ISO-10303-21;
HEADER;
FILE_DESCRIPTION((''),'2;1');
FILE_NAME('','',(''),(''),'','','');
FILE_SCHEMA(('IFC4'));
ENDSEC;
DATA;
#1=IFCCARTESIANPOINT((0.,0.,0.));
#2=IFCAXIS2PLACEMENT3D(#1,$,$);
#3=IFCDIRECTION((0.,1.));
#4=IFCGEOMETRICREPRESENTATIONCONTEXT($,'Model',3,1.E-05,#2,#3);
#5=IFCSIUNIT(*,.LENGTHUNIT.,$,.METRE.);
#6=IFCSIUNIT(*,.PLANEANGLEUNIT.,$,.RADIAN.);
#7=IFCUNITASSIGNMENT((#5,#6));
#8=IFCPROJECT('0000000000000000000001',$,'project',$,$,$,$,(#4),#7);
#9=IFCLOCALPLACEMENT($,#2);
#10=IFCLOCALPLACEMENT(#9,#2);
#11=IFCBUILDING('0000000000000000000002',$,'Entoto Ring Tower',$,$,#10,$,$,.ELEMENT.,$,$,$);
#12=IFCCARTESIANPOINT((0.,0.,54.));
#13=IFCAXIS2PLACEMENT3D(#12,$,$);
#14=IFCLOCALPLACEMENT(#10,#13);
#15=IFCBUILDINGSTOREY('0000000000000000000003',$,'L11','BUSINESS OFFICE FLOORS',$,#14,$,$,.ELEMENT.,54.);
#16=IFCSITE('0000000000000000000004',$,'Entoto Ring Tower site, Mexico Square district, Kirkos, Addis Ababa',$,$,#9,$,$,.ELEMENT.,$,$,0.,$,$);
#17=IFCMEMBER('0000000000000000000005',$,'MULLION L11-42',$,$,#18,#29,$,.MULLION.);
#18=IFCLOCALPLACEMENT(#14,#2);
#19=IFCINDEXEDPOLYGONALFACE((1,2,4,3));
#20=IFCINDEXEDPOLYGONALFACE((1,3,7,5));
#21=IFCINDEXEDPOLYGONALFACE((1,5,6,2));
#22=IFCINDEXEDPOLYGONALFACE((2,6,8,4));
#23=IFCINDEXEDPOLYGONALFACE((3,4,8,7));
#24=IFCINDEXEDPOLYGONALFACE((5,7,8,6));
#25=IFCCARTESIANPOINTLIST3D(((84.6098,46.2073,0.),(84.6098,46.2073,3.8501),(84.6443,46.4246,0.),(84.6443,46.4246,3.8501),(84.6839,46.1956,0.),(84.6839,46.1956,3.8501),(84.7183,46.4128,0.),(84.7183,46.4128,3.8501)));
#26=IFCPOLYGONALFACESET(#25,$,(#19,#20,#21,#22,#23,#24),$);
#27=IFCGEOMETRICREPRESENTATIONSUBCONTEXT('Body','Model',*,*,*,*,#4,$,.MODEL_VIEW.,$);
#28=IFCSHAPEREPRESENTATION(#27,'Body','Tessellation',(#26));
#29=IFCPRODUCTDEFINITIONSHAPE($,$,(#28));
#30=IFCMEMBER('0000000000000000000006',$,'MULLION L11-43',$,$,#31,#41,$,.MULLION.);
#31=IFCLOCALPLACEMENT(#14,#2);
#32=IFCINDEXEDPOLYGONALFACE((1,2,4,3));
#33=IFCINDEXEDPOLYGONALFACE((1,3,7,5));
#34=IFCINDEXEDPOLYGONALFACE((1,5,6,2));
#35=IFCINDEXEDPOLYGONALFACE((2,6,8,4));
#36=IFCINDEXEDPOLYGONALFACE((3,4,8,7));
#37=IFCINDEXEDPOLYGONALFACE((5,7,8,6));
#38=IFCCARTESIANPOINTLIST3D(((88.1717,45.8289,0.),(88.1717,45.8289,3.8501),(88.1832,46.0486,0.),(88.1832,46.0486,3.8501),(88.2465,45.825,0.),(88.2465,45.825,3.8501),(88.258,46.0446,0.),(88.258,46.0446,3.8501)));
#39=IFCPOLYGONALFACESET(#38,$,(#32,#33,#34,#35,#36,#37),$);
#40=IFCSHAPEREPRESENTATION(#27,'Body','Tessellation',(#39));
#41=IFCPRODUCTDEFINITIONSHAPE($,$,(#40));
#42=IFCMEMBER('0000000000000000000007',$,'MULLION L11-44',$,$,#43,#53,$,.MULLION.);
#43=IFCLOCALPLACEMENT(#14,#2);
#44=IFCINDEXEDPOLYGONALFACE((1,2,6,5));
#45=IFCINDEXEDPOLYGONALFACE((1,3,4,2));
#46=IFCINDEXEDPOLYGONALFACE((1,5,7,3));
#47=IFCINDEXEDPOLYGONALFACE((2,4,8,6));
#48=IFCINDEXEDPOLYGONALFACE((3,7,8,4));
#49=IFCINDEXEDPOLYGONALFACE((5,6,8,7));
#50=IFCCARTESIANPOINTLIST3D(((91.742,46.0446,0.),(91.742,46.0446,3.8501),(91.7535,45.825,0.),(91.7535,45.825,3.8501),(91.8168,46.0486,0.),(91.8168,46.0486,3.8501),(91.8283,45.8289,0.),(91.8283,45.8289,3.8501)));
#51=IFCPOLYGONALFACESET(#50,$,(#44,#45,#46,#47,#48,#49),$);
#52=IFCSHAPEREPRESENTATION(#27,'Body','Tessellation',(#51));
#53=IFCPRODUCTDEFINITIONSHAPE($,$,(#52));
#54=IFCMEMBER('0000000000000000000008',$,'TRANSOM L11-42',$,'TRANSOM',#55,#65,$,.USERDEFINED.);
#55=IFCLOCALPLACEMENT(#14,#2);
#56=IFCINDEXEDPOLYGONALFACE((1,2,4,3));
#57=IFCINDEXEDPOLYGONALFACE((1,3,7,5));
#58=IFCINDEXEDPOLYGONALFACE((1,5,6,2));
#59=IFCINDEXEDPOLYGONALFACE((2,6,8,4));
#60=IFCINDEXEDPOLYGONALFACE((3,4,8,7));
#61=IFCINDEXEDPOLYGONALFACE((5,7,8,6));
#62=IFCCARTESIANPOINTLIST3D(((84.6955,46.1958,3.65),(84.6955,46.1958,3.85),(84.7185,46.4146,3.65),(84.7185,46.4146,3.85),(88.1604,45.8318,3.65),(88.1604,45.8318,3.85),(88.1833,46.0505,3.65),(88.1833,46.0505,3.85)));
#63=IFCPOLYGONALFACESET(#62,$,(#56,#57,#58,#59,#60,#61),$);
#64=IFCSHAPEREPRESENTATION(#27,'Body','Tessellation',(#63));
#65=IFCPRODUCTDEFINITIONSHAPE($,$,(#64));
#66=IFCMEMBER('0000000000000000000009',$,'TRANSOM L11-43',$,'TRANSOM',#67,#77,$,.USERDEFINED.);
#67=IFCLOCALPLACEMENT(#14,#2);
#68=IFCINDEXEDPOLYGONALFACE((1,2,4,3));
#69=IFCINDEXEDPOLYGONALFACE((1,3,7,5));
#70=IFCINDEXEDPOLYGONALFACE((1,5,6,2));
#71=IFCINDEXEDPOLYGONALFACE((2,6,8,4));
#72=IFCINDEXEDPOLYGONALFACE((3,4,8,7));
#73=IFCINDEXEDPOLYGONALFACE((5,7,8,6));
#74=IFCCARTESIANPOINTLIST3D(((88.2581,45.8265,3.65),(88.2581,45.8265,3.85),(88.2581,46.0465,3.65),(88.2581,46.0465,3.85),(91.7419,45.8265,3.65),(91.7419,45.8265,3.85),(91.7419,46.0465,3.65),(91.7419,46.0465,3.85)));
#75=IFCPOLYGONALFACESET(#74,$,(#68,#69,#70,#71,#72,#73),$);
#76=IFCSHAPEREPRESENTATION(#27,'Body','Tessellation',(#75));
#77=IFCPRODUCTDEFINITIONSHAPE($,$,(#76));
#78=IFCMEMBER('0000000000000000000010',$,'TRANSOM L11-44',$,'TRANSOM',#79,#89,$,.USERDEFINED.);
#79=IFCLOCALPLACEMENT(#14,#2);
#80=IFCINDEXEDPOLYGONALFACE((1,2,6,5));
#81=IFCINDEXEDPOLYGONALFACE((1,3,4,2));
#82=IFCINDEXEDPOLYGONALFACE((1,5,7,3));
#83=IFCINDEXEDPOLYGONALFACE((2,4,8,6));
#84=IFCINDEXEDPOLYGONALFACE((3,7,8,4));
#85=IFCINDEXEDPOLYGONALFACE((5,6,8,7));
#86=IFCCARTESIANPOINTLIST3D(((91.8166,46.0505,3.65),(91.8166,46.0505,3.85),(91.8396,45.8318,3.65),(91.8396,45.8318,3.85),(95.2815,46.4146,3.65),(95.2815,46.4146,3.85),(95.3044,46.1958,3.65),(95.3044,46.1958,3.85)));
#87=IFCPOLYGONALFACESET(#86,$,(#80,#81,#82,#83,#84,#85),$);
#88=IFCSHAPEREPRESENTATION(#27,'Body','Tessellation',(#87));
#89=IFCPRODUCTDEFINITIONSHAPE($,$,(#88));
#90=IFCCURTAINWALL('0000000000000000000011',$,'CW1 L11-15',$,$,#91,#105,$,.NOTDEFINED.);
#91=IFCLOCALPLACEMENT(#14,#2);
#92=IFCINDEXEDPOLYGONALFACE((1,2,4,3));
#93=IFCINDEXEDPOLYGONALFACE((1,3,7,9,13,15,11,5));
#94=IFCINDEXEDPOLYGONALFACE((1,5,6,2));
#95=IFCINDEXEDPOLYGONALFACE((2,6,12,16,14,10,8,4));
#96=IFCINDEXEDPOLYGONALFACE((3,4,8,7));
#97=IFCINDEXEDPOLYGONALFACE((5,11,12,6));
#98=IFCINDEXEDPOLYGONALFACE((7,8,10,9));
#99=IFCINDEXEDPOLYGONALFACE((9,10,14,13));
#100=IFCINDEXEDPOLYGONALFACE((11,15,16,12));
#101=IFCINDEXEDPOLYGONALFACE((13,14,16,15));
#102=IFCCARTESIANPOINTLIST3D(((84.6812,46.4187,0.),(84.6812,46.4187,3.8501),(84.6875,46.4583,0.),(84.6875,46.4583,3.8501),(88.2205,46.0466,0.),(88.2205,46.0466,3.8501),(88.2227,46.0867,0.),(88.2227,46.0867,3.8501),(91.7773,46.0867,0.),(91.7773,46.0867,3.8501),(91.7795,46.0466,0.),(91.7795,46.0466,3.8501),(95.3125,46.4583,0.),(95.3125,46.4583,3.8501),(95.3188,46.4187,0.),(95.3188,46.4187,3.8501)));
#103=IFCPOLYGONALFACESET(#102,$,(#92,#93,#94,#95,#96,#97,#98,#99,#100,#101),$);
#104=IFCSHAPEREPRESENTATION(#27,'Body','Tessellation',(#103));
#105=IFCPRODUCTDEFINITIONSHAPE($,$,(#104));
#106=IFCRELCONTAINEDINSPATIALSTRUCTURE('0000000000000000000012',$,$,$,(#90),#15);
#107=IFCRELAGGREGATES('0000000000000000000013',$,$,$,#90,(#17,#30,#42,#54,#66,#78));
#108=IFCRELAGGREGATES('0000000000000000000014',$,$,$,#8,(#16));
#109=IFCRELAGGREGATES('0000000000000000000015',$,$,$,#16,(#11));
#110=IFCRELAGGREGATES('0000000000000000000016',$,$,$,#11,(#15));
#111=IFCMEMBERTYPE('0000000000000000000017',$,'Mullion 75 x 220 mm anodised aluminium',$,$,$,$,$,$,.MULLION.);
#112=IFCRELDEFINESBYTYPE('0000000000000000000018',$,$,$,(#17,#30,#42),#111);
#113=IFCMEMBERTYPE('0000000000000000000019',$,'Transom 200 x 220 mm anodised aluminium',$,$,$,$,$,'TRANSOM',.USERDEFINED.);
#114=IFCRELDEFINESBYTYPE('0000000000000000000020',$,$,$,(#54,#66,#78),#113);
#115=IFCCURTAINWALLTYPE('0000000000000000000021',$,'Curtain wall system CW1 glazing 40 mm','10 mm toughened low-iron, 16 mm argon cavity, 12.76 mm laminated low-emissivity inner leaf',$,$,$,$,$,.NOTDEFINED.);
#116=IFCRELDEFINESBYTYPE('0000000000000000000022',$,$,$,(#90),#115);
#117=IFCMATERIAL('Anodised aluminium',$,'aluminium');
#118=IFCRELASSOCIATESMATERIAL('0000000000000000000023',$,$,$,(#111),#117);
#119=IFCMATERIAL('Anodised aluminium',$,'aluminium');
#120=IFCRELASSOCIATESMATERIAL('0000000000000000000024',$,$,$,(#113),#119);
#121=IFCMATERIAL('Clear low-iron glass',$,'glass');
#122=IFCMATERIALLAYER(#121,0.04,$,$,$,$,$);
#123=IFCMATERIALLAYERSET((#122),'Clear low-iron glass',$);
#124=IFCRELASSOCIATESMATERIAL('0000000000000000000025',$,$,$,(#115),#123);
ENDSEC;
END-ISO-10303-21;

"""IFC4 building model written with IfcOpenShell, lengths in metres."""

from ifc_helpers import new_model, si_unit, direction, frame, origin, origin_2d, place, context, subcontext, project, spatial, polyline, rectangle, outline, extrude, material, layer, layer_set, material_profile, profile_set, type_object, element, aggregate, save


model = new_model("IFC4")

# Units and contexts
model_context = context("Model", 3, precision=1e-05, world=origin(), true_north=direction((0.0, 1.0)))
body_context = subcontext(model_context, "Body", "Model", "MODEL_VIEW")
ifc_project = project(units=[si_unit("LENGTHUNIT", "METRE"), si_unit("PLANEANGLEUNIT", "RADIAN")], contexts=[model_context])

# Members
ifc_material_1 = material(Name="Anodised aluminium", Category="aluminium")
ifc_material_profile_1 = material_profile(ifc_material_1, rectangle(XDim=0.075, YDim=0.22, at=origin_2d()), Name="Mullion 75 x 220 mm anodised aluminium")
ifc_profile_set_1 = profile_set([ifc_material_profile_1], Name="Anodised aluminium")
member_type_1 = type_object("IfcMemberType", Name="Mullion 75 x 220 mm anodised aluminium", PredefinedType="MULLION", material=ifc_profile_set_1)
site_placement = place(None, origin())
building_placement = place(site_placement, origin())
storey_placement = place(building_placement, frame((0.0, 0.0, 54.0)))
member_1_placement = place(storey_placement, frame((84.6641, 46.3101, 0.0), z_axis=(0.0, 0.0, 1.0), x_axis=(0.987688, -0.156434, 0.0)))
member_1 = element("IfcMember", 1, at=member_1_placement, type_object=member_type_1, Name="MULLION L11-42", PredefinedType="MULLION", context=body_context, shape_type="SweptSolid", body=[
    extrude(rectangle(XDim=0.075, YDim=0.22, at=origin_2d()), origin(), (0.0, 0.0, 1.0), 3.8501),
])
member_2_placement = place(storey_placement, frame((88.2148, 45.9368, 0.0), z_axis=(0.0, 0.0, 1.0), x_axis=(0.99863, -0.052336, 0.0)))
member_2 = element("IfcMember", 2, at=member_2_placement, type_object=member_type_1, Name="MULLION L11-43", PredefinedType="MULLION", context=body_context, shape_type="SweptSolid", body=[
    extrude(rectangle(XDim=0.075, YDim=0.22, at=origin_2d()), origin(), (0.0, 0.0, 1.0), 3.8501),
])
member_3_placement = place(storey_placement, frame((91.7852, 45.9368, 0.0), z_axis=(0.0, 0.0, 1.0), x_axis=(0.99863, 0.052336, 0.0)))
member_3 = element("IfcMember", 3, at=member_3_placement, type_object=member_type_1, Name="MULLION L11-44", PredefinedType="MULLION", context=body_context, shape_type="SweptSolid", body=[
    extrude(rectangle(XDim=0.075, YDim=0.22, at=origin_2d()), origin(), (0.0, 0.0, 1.0), 3.8501),
])
ifc_material_2 = material(Name="Anodised aluminium", Category="aluminium")
ifc_material_profile_2 = material_profile(ifc_material_2, rectangle(XDim=0.22, YDim=0.2, at=origin_2d()), Name="Transom 200 x 220 mm anodised aluminium")
ifc_profile_set_2 = profile_set([ifc_material_profile_2], Name="Anodised aluminium")
member_type_2 = type_object("IfcMemberType", Name="Transom 200 x 220 mm anodised aluminium", ElementType="TRANSOM", PredefinedType="USERDEFINED", material=ifc_profile_set_2)
member_4_placement = place(storey_placement, frame((84.707, 46.3052, 3.75), z_axis=(0.994527, -0.104484, 0.0), x_axis=(0.104484, 0.994527, 0.0)))
member_4 = element("IfcMember", 4, at=member_4_placement, type_object=member_type_2, Name="TRANSOM L11-42", ObjectType="TRANSOM", PredefinedType="USERDEFINED", context=body_context, shape_type="SweptSolid", body=[
    extrude(rectangle(XDim=0.22, YDim=0.2, at=origin_2d()), origin(), (0.0, 0.0, 1.0), 3.4839),
])
member_5_placement = place(storey_placement, frame((88.2581, 45.9365, 3.75), z_axis=(1.0, 0.0, 0.0), x_axis=(0.0, 1.0, 0.0)))
member_5 = element("IfcMember", 5, at=member_5_placement, type_object=member_type_2, Name="TRANSOM L11-43", ObjectType="TRANSOM", PredefinedType="USERDEFINED", context=body_context, shape_type="SweptSolid", body=[
    extrude(rectangle(XDim=0.22, YDim=0.2, at=origin_2d()), origin(), (0.0, 0.0, 1.0), 3.4839),
])
member_6_placement = place(storey_placement, frame((91.8281, 45.9412, 3.75), z_axis=(0.994527, 0.104484, 0.0), x_axis=(-0.104484, 0.994527, 0.0)))
member_6 = element("IfcMember", 6, at=member_6_placement, type_object=member_type_2, Name="TRANSOM L11-44", ObjectType="TRANSOM", PredefinedType="USERDEFINED", context=body_context, shape_type="SweptSolid", body=[
    extrude(rectangle(XDim=0.22, YDim=0.2, at=origin_2d()), origin(), (0.0, 0.0, 1.0), 3.4839),
])

# Site, building, storey
site = spatial("IfcSite", under=ifc_project, at=site_placement, Name="Entoto Ring Tower site, Mexico Square district, Kirkos, Addis Ababa", CompositionType="ELEMENT", RefElevation=0.0)
building = spatial("IfcBuilding", under=site, at=building_placement, Name="Entoto Ring Tower", CompositionType="ELEMENT")
storey = spatial("IfcBuildingStorey", under=building, at=storey_placement, Name="L11", Description="BUSINESS OFFICE FLOORS", CompositionType="ELEMENT", Elevation=54.0)

# Curtain wall
ifc_material_3 = material(Name="Clear low-iron glass", Category="glass")
ifc_layer_1 = layer(ifc_material_3, 0.04)
ifc_layer_set_1 = layer_set([ifc_layer_1], Name="Clear low-iron glass")
curtain_wall_type = type_object("IfcCurtainWallType", Name="Curtain wall system CW1 glazing 40 mm", Description="10 mm toughened low-iron, 16 mm argon cavity, 12.76 mm laminated low-emissivity inner leaf", PredefinedType="NOTDEFINED", material=ifc_layer_set_1)
curtain_wall_1_placement = place(storey_placement, origin())
curtain_wall_1 = element("IfcCurtainWall", 7, at=curtain_wall_1_placement, inside=storey, type_object=curtain_wall_type, Name="CW1 L11-15", PredefinedType="NOTDEFINED", context=body_context, shape_type="SweptSolid", body=[
    extrude(outline(polyline([(84.6812, 46.4187), (88.2205, 46.0466), (91.7795, 46.0466), (95.3188, 46.4187), (95.3125, 46.4583), (91.7773, 46.0867), (88.2227, 46.0867), (84.6875, 46.4583), (84.6812, 46.4187)])), origin(), (0.0, 0.0, 1.0), 3.8501),
])
aggregate(curtain_wall_1, [member_1, member_2, member_3, member_4, member_5, member_6])

save(model, "model.ifc")
